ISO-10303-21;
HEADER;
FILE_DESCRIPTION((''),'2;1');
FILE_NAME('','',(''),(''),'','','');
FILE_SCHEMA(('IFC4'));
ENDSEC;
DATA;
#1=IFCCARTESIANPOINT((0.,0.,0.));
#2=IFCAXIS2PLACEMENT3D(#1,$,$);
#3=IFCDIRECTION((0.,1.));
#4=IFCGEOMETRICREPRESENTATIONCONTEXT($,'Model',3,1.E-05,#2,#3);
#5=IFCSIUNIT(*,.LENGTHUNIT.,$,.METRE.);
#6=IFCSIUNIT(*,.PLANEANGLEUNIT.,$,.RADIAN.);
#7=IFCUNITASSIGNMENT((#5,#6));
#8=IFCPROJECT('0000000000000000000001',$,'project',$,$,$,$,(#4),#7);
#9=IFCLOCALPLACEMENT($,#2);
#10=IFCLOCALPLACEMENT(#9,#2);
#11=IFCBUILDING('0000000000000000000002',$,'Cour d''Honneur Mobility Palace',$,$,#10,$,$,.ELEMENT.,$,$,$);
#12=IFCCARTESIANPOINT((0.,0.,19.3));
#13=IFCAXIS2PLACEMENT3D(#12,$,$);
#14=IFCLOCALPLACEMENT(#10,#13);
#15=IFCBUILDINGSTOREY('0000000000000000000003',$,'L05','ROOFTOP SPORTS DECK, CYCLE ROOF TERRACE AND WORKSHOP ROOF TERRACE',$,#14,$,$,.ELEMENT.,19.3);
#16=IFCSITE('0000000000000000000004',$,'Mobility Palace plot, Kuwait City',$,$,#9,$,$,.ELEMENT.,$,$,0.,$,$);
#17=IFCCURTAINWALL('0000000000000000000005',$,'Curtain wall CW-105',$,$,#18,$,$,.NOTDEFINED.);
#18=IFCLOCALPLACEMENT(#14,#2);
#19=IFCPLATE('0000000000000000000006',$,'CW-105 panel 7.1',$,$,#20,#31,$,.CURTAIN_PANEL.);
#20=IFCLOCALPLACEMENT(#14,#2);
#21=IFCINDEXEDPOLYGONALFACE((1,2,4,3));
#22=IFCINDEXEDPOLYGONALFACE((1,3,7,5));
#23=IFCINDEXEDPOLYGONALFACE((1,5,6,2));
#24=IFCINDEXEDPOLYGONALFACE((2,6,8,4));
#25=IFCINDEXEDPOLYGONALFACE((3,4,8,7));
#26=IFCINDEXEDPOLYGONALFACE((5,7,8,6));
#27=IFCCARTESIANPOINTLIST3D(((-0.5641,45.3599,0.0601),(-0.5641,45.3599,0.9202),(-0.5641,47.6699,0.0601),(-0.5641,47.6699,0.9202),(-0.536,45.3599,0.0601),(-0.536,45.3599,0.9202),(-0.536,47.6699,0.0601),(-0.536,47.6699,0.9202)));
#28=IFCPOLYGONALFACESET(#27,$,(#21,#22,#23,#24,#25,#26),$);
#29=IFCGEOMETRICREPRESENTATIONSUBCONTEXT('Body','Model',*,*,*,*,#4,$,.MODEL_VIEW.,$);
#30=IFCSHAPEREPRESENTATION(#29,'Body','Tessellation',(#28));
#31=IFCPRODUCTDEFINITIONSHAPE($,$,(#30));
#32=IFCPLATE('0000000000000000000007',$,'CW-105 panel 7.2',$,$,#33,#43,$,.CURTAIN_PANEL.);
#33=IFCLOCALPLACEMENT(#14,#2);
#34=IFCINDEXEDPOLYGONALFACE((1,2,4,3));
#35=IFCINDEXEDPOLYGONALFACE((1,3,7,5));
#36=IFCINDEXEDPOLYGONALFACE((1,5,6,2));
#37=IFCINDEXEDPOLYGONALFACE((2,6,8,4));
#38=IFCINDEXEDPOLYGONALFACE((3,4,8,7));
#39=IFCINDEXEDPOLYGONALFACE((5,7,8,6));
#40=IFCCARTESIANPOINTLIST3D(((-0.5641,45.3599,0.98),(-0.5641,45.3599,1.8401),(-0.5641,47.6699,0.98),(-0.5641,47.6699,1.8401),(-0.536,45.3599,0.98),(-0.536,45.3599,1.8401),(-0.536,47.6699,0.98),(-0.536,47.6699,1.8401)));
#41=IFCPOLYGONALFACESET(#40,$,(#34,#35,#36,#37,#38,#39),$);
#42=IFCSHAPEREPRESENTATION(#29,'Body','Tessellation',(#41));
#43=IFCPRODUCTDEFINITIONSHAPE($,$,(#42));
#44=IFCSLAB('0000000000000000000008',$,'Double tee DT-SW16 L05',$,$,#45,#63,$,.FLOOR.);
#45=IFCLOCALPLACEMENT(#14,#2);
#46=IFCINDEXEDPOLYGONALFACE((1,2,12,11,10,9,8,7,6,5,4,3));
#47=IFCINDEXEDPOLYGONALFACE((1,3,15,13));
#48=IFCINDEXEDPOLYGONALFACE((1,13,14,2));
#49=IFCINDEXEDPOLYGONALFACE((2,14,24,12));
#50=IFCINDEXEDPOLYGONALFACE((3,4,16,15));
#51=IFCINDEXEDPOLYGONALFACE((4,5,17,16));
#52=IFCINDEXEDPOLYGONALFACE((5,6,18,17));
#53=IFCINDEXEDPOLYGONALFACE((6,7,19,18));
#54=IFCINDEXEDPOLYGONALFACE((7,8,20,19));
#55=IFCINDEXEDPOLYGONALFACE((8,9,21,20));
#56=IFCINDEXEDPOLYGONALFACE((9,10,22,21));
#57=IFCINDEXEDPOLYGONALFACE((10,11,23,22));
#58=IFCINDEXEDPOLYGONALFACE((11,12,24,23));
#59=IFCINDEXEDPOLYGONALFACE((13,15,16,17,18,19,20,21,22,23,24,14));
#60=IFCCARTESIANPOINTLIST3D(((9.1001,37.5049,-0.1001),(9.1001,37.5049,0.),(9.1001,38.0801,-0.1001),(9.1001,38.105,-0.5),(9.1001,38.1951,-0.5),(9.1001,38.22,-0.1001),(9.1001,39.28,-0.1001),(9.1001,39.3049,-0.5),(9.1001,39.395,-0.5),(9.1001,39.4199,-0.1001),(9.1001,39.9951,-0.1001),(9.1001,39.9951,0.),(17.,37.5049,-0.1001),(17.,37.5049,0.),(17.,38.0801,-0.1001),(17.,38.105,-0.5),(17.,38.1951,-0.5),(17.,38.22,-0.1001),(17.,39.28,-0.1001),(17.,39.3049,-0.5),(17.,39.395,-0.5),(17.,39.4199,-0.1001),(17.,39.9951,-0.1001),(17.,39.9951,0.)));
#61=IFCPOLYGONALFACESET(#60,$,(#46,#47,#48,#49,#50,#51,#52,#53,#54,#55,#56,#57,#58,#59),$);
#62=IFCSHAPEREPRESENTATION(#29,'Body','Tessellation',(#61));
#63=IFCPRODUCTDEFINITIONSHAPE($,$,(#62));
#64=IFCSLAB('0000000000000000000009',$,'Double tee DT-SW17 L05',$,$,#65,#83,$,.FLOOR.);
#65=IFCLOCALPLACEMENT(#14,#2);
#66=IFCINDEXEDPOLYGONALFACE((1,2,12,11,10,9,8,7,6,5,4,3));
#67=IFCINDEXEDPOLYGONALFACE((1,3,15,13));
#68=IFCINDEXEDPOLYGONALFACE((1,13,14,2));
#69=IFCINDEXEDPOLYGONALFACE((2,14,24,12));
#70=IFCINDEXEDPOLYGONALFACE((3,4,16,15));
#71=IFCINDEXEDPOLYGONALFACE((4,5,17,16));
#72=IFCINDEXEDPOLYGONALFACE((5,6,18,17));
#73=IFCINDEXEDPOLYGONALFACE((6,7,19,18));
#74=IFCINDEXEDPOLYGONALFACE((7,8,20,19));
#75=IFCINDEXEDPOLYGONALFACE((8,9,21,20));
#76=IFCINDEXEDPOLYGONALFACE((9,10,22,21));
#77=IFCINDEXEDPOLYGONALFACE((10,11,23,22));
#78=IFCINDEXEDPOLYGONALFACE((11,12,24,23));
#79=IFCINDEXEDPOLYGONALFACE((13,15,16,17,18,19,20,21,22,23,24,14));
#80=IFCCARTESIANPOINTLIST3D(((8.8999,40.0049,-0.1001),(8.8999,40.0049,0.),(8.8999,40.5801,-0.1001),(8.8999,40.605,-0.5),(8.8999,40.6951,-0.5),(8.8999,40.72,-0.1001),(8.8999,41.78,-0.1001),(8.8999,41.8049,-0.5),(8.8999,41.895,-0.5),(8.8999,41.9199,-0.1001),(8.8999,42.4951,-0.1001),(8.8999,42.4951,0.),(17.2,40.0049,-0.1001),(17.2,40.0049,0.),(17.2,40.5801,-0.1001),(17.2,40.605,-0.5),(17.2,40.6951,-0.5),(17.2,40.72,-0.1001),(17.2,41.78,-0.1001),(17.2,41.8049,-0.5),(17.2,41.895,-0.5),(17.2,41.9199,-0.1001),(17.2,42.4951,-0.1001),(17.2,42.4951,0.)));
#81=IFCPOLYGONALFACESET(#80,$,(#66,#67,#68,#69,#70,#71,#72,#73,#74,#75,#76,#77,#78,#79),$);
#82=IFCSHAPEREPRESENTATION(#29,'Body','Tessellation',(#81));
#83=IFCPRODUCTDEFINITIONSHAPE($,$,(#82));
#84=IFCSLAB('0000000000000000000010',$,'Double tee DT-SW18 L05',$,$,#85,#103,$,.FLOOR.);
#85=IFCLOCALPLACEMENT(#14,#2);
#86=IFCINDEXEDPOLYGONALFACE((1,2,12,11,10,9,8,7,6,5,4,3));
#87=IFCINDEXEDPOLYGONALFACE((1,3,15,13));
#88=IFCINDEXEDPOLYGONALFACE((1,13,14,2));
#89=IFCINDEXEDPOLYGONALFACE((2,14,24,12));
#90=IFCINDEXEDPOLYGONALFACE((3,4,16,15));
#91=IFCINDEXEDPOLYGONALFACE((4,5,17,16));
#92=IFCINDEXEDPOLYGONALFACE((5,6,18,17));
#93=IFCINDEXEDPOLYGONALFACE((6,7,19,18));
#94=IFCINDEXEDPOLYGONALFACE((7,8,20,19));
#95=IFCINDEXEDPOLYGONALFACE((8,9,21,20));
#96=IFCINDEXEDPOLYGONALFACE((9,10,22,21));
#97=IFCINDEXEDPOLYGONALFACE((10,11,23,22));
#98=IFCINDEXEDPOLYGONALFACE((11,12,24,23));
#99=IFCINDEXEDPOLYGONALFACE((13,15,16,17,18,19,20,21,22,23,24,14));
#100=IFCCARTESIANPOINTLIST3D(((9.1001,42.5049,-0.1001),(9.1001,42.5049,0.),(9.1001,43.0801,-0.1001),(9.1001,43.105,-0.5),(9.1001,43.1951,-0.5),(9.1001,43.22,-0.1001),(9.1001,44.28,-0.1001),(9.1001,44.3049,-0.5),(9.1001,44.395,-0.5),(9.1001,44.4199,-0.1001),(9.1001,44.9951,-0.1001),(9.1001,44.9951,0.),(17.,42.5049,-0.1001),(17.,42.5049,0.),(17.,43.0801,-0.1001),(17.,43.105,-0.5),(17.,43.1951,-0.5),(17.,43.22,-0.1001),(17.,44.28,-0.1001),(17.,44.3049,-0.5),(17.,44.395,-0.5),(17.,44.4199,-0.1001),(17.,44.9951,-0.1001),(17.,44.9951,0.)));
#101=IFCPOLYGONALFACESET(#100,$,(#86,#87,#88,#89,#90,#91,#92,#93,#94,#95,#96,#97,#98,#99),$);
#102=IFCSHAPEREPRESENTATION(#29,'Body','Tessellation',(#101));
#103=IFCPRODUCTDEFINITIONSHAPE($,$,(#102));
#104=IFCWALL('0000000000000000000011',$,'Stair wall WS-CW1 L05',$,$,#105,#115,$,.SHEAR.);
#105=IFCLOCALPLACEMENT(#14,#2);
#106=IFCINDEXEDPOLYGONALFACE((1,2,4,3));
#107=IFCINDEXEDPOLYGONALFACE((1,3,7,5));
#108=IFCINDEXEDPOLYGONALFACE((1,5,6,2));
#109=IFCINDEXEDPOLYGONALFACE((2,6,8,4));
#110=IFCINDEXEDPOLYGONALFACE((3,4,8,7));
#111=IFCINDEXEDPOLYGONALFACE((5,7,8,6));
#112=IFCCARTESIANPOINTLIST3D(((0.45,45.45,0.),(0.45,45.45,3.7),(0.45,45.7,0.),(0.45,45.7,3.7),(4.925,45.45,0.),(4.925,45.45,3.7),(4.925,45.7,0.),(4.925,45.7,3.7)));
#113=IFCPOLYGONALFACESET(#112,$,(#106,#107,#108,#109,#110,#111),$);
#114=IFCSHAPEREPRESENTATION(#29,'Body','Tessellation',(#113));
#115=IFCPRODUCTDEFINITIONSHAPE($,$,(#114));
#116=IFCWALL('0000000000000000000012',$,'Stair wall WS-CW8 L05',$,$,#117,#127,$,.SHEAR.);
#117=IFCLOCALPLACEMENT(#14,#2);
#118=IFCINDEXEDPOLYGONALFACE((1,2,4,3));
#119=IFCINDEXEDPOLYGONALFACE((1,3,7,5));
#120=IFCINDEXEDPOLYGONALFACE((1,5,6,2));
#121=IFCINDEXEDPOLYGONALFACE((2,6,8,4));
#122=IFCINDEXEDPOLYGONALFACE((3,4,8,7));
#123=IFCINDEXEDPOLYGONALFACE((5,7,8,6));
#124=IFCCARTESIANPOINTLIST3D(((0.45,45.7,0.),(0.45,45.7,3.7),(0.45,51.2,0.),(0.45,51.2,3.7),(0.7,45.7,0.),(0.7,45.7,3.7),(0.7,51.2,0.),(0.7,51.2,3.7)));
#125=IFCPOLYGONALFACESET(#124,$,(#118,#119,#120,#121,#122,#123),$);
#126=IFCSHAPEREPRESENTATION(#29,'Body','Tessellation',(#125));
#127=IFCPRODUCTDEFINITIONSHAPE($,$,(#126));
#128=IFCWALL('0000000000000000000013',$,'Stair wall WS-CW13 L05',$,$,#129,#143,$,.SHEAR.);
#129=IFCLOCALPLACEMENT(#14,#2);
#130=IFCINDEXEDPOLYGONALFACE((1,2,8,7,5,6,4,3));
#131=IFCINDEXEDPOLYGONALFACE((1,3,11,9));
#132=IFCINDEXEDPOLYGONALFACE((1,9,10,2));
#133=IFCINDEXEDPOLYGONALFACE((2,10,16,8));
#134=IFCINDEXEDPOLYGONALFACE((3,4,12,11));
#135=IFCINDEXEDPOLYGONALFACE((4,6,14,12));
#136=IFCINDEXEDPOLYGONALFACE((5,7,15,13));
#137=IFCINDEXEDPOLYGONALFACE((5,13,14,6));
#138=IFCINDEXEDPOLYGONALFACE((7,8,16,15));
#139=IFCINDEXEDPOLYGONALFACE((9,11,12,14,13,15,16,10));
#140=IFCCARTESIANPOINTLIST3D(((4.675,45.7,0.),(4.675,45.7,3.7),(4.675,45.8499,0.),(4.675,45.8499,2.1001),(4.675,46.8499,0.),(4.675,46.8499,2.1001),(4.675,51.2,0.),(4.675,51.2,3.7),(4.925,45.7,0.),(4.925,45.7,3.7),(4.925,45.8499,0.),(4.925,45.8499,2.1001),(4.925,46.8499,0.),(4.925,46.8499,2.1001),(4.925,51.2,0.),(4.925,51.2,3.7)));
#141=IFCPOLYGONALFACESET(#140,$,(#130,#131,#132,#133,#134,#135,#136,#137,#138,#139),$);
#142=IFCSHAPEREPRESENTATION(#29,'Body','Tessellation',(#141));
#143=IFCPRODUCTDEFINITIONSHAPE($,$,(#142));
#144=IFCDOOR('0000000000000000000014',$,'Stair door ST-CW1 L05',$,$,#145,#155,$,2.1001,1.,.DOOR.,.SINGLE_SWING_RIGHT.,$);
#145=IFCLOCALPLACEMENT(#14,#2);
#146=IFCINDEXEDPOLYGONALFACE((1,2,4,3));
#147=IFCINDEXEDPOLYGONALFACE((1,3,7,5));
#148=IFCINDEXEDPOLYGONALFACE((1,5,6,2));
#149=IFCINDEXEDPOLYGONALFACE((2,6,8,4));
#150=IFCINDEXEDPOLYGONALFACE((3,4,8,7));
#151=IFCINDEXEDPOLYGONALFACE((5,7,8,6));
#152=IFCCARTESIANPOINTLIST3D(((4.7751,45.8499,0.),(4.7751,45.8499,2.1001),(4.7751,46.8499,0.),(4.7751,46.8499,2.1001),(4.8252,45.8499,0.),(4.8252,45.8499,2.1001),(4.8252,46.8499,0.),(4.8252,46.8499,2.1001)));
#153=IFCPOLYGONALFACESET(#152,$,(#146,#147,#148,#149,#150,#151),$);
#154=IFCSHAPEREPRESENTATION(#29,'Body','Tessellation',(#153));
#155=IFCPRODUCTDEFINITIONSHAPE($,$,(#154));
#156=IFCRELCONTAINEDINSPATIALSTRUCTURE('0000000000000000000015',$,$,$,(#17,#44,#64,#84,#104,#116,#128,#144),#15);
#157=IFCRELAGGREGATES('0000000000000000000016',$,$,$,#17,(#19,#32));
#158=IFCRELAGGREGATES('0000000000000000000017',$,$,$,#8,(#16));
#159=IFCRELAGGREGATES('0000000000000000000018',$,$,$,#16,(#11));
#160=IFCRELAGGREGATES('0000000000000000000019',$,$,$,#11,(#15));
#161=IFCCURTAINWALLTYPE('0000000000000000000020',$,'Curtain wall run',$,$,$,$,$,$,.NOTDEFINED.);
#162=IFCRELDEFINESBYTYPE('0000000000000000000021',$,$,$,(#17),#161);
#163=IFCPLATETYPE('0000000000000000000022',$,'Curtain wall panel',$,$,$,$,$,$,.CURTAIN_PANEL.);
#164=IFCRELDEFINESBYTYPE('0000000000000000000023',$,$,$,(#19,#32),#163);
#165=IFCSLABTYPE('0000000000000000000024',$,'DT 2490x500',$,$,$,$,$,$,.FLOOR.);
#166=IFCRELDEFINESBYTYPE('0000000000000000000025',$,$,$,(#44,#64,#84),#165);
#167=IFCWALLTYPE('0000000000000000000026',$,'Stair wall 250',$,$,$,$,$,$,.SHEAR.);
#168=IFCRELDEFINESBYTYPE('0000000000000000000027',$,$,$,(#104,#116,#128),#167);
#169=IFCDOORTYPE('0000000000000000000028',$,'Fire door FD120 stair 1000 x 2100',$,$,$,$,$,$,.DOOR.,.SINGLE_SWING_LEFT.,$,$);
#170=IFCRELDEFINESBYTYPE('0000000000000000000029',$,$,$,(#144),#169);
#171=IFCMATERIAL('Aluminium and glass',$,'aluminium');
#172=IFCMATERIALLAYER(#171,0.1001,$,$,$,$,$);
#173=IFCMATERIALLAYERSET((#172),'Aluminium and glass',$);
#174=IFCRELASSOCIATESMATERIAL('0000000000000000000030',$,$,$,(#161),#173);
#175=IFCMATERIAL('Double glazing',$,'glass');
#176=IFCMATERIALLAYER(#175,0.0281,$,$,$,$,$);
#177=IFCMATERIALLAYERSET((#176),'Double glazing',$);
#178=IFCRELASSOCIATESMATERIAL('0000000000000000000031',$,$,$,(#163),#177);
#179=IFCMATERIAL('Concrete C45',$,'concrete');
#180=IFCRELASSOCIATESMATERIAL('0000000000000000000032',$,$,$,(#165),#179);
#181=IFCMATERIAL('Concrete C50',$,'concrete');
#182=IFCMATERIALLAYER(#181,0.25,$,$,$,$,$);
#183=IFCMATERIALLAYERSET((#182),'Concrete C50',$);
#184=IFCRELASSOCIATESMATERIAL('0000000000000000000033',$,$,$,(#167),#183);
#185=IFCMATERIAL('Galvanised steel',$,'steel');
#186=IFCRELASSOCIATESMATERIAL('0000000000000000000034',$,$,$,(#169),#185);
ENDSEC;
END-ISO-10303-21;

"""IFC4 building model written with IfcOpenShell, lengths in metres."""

from ifc_helpers import new_model, si_unit, direction, frame, frame_2d, origin, origin_2d, place, context, subcontext, project, spatial, polyline, rectangle, outline, extrude, material, layer, layer_set, material_profile, profile_set, type_object, element, fill, aggregate, save


model = new_model("IFC4")

# Units and contexts
model_context = context("Model", 3, precision=1e-05, world=origin(), true_north=direction((0.0, 1.0)))
body_context = subcontext(model_context, "Body", "Model", "MODEL_VIEW")
ifc_project = project(units=[si_unit("LENGTHUNIT", "METRE"), si_unit("PLANEANGLEUNIT", "RADIAN")], contexts=[model_context])

# Site, building, storey
site_placement = place(None, origin())
site = spatial("IfcSite", under=ifc_project, at=site_placement, Name="Mobility Palace plot, Kuwait City", CompositionType="ELEMENT", RefElevation=0.0)
building_placement = place(site_placement, origin())
building = spatial("IfcBuilding", under=site, at=building_placement, Name="Cour d'Honneur Mobility Palace", CompositionType="ELEMENT")
storey_placement = place(building_placement, frame((0.0, 0.0, 19.3)))
storey = spatial("IfcBuildingStorey", under=building, at=storey_placement, Name="L05", Description="ROOFTOP SPORTS DECK, CYCLE ROOF TERRACE AND WORKSHOP ROOF TERRACE", CompositionType="ELEMENT", Elevation=19.3)

# Curtain wall
ifc_material_1 = material(Name="Aluminium and glass", Category="aluminium")
ifc_layer_1 = layer(ifc_material_1, 0.1001)
ifc_layer_set_1 = layer_set([ifc_layer_1], Name="Aluminium and glass")
curtain_wall_type = type_object("IfcCurtainWallType", Name="Curtain wall run", PredefinedType="NOTDEFINED", material=ifc_layer_set_1)
curtain_wall_placement = place(storey_placement, origin())
curtain_wall = element("IfcCurtainWall", 1, at=curtain_wall_placement, inside=storey, type_object=curtain_wall_type, Name="Curtain wall CW-105", PredefinedType="NOTDEFINED")

# Plates
ifc_material_2 = material(Name="Double glazing", Category="glass")
ifc_layer_2 = layer(ifc_material_2, 0.0281)
ifc_layer_set_2 = layer_set([ifc_layer_2], Name="Double glazing")
plate_type = type_object("IfcPlateType", Name="Curtain wall panel", PredefinedType="CURTAIN_PANEL", material=ifc_layer_set_2)
plate_1_placement = place(storey_placement, frame((-0.55, 46.5149, 0.0601), z_axis=(0.0, 0.0, 1.0), x_axis=(0.0, -1.0, 0.0)))
plate_1 = element("IfcPlate", 2, at=plate_1_placement, type_object=plate_type, Name="CW-105 panel 7.1", PredefinedType="CURTAIN_PANEL", context=body_context, shape_type="SweptSolid", body=[
    extrude(rectangle(XDim=2.3101, YDim=0.0281, at=origin_2d()), origin(), (0.0, 0.0, 1.0), 0.8601),
])
plate_2_placement = place(storey_placement, frame((-0.55, 46.5149, 0.98), z_axis=(0.0, 0.0, 1.0), x_axis=(0.0, -1.0, 0.0)))
plate_2 = element("IfcPlate", 3, at=plate_2_placement, type_object=plate_type, Name="CW-105 panel 7.2", PredefinedType="CURTAIN_PANEL", context=body_context, shape_type="SweptSolid", body=[
    extrude(rectangle(XDim=2.3101, YDim=0.0281, at=origin_2d()), origin(), (0.0, 0.0, 1.0), 0.8601),
])
aggregate(curtain_wall, [plate_1, plate_2])

# Slabs
ifc_material_3 = material(Name="Concrete C45", Category="concrete")
ifc_material_profile_1 = material_profile(ifc_material_3, outline(polyline([(-1.2451, 0.0), (1.2451, 0.0), (1.2451, -0.1001), (0.6699, -0.1001), (0.645, -0.5), (0.5549, -0.5), (0.53, -0.1001), (-0.53, -0.1001), (-0.5549, -0.5), (-0.645, -0.5), (-0.6699, -0.1001), (-1.2451, -0.1001), (-1.2451, 0.0)])), Name="DT 2490x500")
ifc_profile_set_1 = profile_set([ifc_material_profile_1], Name="Concrete C45")
slab_type = type_object("IfcSlabType", Name="DT 2490x500", PredefinedType="FLOOR", material=ifc_profile_set_1)
slab_1_placement = place(storey_placement, frame((9.1001, 38.75, 0.0), z_axis=(1.0, 0.0, 0.0), x_axis=(0.0, 1.0, 0.0)))
element("IfcSlab", 4, at=slab_1_placement, inside=storey, type_object=slab_type, Name="Double tee DT-SW16 L05", PredefinedType="FLOOR", context=body_context, shape_type="SweptSolid", body=[
    extrude(outline(polyline([(-1.2451, 0.0), (1.2451, 0.0), (1.2451, -0.1001), (0.6699, -0.1001), (0.645, -0.5), (0.5549, -0.5), (0.53, -0.1001), (-0.53, -0.1001), (-0.5549, -0.5), (-0.645, -0.5), (-0.6699, -0.1001), (-1.2451, -0.1001), (-1.2451, 0.0)])), origin(), (0.0, 0.0, 1.0), 7.8999),
])
slab_2_placement = place(storey_placement, frame((8.8999, 41.25, 0.0), z_axis=(1.0, 0.0, 0.0), x_axis=(0.0, 1.0, 0.0)))
element("IfcSlab", 5, at=slab_2_placement, inside=storey, type_object=slab_type, Name="Double tee DT-SW17 L05", PredefinedType="FLOOR", context=body_context, shape_type="SweptSolid", body=[
    extrude(outline(polyline([(-1.2451, 0.0), (1.2451, 0.0), (1.2451, -0.1001), (0.6699, -0.1001), (0.645, -0.5), (0.5549, -0.5), (0.53, -0.1001), (-0.53, -0.1001), (-0.5549, -0.5), (-0.645, -0.5), (-0.6699, -0.1001), (-1.2451, -0.1001), (-1.2451, 0.0)])), origin(), (0.0, 0.0, 1.0), 8.3),
])
slab_3_placement = place(storey_placement, frame((9.1001, 43.75, 0.0), z_axis=(1.0, 0.0, 0.0), x_axis=(0.0, 1.0, 0.0)))
element("IfcSlab", 6, at=slab_3_placement, inside=storey, type_object=slab_type, Name="Double tee DT-SW18 L05", PredefinedType="FLOOR", context=body_context, shape_type="SweptSolid", body=[
    extrude(outline(polyline([(-1.2451, 0.0), (1.2451, 0.0), (1.2451, -0.1001), (0.6699, -0.1001), (0.645, -0.5), (0.5549, -0.5), (0.53, -0.1001), (-0.53, -0.1001), (-0.5549, -0.5), (-0.645, -0.5), (-0.6699, -0.1001), (-1.2451, -0.1001), (-1.2451, 0.0)])), origin(), (0.0, 0.0, 1.0), 7.8999),
])

# Walls
ifc_material_4 = material(Name="Concrete C50", Category="concrete")
ifc_layer_3 = layer(ifc_material_4, 0.25)
ifc_layer_set_3 = layer_set([ifc_layer_3], Name="Concrete C50")
wall_type = type_object("IfcWallType", Name="Stair wall 250", PredefinedType="SHEAR", material=ifc_layer_set_3)
wall_1_placement = place(storey_placement, frame((0.45, 45.575, 0.0), z_axis=(0.0, 0.0, 1.0), x_axis=(1.0, 0.0, 0.0)))
element("IfcWall", 7, at=wall_1_placement, inside=storey, type_object=wall_type, Name="Stair wall WS-CW1 L05", PredefinedType="SHEAR", context=body_context, shape_type="SweptSolid", body=[
    extrude(rectangle(XDim=4.4751, YDim=0.25, at=frame_2d((2.2375, 0.0))), origin(), (0.0, 0.0, 1.0), 3.7),
])
wall_2_placement = place(storey_placement, frame((0.575, 45.7, 0.0), z_axis=(0.0, 0.0, 1.0), x_axis=(0.0, 1.0, 0.0)))
element("IfcWall", 8, at=wall_2_placement, inside=storey, type_object=wall_type, Name="Stair wall WS-CW8 L05", PredefinedType="SHEAR", context=body_context, shape_type="SweptSolid", body=[
    extrude(rectangle(XDim=5.5, YDim=0.25, at=frame_2d((2.75, 0.0))), origin(), (0.0, 0.0, 1.0), 3.7),
])

# Wall, opening, door
wall_3_placement = place(storey_placement, frame((4.8, 45.7, 0.0), z_axis=(0.0, 0.0, 1.0), x_axis=(0.0, 1.0, 0.0)))
wall_3 = element("IfcWall", 9, at=wall_3_placement, inside=storey, type_object=wall_type, Name="Stair wall WS-CW13 L05", PredefinedType="SHEAR", context=body_context, shape_type="SweptSolid", body=[
    extrude(rectangle(XDim=5.5, YDim=0.25, at=frame_2d((2.75, 0.0))), origin(), (0.0, 0.0, 1.0), 3.7),
])
opening_placement = place(wall_3_placement, frame((0.1499, 0.0, 0.0)))
opening = element("IfcOpeningElement", 10, at=opening_placement, cuts=wall_3, PredefinedType="OPENING", context=body_context, shape_type="SweptSolid", body=[
    extrude(rectangle(XDim=1.0, YDim=2.1001, at=frame_2d((0.5, 1.05))), frame((0.0, 0.135, 0.0), z_axis=(0.0, -1.0, 0.0), x_axis=(1.0, 0.0, 0.0)), (0.0, 0.0, 1.0), 0.27),
])
ifc_material_5 = material(Name="Galvanised steel", Category="steel")
door_type = type_object("IfcDoorType", Name="Fire door FD120 stair 1000 x 2100", OperationType="SINGLE_SWING_LEFT", PredefinedType="DOOR", material=ifc_material_5)
door_placement = place(opening_placement, origin())
door = element("IfcDoor", 11, at=door_placement, inside=storey, type_object=door_type, Name="Stair door ST-CW1 L05", OperationType="SINGLE_SWING_RIGHT", OverallHeight=2.1001, OverallWidth=1.0, PredefinedType="DOOR", context=body_context, shape_type="SweptSolid", body=[
    extrude(rectangle(XDim=1.0, YDim=2.1001, at=frame_2d((0.5, 1.05))), frame((0.0, 0.0249, 0.0), z_axis=(0.0, -1.0, 0.0), x_axis=(1.0, 0.0, 0.0)), (0.0, 0.0, 1.0), 0.05),
])
fill(opening, door)

save(model, "model.ifc")
